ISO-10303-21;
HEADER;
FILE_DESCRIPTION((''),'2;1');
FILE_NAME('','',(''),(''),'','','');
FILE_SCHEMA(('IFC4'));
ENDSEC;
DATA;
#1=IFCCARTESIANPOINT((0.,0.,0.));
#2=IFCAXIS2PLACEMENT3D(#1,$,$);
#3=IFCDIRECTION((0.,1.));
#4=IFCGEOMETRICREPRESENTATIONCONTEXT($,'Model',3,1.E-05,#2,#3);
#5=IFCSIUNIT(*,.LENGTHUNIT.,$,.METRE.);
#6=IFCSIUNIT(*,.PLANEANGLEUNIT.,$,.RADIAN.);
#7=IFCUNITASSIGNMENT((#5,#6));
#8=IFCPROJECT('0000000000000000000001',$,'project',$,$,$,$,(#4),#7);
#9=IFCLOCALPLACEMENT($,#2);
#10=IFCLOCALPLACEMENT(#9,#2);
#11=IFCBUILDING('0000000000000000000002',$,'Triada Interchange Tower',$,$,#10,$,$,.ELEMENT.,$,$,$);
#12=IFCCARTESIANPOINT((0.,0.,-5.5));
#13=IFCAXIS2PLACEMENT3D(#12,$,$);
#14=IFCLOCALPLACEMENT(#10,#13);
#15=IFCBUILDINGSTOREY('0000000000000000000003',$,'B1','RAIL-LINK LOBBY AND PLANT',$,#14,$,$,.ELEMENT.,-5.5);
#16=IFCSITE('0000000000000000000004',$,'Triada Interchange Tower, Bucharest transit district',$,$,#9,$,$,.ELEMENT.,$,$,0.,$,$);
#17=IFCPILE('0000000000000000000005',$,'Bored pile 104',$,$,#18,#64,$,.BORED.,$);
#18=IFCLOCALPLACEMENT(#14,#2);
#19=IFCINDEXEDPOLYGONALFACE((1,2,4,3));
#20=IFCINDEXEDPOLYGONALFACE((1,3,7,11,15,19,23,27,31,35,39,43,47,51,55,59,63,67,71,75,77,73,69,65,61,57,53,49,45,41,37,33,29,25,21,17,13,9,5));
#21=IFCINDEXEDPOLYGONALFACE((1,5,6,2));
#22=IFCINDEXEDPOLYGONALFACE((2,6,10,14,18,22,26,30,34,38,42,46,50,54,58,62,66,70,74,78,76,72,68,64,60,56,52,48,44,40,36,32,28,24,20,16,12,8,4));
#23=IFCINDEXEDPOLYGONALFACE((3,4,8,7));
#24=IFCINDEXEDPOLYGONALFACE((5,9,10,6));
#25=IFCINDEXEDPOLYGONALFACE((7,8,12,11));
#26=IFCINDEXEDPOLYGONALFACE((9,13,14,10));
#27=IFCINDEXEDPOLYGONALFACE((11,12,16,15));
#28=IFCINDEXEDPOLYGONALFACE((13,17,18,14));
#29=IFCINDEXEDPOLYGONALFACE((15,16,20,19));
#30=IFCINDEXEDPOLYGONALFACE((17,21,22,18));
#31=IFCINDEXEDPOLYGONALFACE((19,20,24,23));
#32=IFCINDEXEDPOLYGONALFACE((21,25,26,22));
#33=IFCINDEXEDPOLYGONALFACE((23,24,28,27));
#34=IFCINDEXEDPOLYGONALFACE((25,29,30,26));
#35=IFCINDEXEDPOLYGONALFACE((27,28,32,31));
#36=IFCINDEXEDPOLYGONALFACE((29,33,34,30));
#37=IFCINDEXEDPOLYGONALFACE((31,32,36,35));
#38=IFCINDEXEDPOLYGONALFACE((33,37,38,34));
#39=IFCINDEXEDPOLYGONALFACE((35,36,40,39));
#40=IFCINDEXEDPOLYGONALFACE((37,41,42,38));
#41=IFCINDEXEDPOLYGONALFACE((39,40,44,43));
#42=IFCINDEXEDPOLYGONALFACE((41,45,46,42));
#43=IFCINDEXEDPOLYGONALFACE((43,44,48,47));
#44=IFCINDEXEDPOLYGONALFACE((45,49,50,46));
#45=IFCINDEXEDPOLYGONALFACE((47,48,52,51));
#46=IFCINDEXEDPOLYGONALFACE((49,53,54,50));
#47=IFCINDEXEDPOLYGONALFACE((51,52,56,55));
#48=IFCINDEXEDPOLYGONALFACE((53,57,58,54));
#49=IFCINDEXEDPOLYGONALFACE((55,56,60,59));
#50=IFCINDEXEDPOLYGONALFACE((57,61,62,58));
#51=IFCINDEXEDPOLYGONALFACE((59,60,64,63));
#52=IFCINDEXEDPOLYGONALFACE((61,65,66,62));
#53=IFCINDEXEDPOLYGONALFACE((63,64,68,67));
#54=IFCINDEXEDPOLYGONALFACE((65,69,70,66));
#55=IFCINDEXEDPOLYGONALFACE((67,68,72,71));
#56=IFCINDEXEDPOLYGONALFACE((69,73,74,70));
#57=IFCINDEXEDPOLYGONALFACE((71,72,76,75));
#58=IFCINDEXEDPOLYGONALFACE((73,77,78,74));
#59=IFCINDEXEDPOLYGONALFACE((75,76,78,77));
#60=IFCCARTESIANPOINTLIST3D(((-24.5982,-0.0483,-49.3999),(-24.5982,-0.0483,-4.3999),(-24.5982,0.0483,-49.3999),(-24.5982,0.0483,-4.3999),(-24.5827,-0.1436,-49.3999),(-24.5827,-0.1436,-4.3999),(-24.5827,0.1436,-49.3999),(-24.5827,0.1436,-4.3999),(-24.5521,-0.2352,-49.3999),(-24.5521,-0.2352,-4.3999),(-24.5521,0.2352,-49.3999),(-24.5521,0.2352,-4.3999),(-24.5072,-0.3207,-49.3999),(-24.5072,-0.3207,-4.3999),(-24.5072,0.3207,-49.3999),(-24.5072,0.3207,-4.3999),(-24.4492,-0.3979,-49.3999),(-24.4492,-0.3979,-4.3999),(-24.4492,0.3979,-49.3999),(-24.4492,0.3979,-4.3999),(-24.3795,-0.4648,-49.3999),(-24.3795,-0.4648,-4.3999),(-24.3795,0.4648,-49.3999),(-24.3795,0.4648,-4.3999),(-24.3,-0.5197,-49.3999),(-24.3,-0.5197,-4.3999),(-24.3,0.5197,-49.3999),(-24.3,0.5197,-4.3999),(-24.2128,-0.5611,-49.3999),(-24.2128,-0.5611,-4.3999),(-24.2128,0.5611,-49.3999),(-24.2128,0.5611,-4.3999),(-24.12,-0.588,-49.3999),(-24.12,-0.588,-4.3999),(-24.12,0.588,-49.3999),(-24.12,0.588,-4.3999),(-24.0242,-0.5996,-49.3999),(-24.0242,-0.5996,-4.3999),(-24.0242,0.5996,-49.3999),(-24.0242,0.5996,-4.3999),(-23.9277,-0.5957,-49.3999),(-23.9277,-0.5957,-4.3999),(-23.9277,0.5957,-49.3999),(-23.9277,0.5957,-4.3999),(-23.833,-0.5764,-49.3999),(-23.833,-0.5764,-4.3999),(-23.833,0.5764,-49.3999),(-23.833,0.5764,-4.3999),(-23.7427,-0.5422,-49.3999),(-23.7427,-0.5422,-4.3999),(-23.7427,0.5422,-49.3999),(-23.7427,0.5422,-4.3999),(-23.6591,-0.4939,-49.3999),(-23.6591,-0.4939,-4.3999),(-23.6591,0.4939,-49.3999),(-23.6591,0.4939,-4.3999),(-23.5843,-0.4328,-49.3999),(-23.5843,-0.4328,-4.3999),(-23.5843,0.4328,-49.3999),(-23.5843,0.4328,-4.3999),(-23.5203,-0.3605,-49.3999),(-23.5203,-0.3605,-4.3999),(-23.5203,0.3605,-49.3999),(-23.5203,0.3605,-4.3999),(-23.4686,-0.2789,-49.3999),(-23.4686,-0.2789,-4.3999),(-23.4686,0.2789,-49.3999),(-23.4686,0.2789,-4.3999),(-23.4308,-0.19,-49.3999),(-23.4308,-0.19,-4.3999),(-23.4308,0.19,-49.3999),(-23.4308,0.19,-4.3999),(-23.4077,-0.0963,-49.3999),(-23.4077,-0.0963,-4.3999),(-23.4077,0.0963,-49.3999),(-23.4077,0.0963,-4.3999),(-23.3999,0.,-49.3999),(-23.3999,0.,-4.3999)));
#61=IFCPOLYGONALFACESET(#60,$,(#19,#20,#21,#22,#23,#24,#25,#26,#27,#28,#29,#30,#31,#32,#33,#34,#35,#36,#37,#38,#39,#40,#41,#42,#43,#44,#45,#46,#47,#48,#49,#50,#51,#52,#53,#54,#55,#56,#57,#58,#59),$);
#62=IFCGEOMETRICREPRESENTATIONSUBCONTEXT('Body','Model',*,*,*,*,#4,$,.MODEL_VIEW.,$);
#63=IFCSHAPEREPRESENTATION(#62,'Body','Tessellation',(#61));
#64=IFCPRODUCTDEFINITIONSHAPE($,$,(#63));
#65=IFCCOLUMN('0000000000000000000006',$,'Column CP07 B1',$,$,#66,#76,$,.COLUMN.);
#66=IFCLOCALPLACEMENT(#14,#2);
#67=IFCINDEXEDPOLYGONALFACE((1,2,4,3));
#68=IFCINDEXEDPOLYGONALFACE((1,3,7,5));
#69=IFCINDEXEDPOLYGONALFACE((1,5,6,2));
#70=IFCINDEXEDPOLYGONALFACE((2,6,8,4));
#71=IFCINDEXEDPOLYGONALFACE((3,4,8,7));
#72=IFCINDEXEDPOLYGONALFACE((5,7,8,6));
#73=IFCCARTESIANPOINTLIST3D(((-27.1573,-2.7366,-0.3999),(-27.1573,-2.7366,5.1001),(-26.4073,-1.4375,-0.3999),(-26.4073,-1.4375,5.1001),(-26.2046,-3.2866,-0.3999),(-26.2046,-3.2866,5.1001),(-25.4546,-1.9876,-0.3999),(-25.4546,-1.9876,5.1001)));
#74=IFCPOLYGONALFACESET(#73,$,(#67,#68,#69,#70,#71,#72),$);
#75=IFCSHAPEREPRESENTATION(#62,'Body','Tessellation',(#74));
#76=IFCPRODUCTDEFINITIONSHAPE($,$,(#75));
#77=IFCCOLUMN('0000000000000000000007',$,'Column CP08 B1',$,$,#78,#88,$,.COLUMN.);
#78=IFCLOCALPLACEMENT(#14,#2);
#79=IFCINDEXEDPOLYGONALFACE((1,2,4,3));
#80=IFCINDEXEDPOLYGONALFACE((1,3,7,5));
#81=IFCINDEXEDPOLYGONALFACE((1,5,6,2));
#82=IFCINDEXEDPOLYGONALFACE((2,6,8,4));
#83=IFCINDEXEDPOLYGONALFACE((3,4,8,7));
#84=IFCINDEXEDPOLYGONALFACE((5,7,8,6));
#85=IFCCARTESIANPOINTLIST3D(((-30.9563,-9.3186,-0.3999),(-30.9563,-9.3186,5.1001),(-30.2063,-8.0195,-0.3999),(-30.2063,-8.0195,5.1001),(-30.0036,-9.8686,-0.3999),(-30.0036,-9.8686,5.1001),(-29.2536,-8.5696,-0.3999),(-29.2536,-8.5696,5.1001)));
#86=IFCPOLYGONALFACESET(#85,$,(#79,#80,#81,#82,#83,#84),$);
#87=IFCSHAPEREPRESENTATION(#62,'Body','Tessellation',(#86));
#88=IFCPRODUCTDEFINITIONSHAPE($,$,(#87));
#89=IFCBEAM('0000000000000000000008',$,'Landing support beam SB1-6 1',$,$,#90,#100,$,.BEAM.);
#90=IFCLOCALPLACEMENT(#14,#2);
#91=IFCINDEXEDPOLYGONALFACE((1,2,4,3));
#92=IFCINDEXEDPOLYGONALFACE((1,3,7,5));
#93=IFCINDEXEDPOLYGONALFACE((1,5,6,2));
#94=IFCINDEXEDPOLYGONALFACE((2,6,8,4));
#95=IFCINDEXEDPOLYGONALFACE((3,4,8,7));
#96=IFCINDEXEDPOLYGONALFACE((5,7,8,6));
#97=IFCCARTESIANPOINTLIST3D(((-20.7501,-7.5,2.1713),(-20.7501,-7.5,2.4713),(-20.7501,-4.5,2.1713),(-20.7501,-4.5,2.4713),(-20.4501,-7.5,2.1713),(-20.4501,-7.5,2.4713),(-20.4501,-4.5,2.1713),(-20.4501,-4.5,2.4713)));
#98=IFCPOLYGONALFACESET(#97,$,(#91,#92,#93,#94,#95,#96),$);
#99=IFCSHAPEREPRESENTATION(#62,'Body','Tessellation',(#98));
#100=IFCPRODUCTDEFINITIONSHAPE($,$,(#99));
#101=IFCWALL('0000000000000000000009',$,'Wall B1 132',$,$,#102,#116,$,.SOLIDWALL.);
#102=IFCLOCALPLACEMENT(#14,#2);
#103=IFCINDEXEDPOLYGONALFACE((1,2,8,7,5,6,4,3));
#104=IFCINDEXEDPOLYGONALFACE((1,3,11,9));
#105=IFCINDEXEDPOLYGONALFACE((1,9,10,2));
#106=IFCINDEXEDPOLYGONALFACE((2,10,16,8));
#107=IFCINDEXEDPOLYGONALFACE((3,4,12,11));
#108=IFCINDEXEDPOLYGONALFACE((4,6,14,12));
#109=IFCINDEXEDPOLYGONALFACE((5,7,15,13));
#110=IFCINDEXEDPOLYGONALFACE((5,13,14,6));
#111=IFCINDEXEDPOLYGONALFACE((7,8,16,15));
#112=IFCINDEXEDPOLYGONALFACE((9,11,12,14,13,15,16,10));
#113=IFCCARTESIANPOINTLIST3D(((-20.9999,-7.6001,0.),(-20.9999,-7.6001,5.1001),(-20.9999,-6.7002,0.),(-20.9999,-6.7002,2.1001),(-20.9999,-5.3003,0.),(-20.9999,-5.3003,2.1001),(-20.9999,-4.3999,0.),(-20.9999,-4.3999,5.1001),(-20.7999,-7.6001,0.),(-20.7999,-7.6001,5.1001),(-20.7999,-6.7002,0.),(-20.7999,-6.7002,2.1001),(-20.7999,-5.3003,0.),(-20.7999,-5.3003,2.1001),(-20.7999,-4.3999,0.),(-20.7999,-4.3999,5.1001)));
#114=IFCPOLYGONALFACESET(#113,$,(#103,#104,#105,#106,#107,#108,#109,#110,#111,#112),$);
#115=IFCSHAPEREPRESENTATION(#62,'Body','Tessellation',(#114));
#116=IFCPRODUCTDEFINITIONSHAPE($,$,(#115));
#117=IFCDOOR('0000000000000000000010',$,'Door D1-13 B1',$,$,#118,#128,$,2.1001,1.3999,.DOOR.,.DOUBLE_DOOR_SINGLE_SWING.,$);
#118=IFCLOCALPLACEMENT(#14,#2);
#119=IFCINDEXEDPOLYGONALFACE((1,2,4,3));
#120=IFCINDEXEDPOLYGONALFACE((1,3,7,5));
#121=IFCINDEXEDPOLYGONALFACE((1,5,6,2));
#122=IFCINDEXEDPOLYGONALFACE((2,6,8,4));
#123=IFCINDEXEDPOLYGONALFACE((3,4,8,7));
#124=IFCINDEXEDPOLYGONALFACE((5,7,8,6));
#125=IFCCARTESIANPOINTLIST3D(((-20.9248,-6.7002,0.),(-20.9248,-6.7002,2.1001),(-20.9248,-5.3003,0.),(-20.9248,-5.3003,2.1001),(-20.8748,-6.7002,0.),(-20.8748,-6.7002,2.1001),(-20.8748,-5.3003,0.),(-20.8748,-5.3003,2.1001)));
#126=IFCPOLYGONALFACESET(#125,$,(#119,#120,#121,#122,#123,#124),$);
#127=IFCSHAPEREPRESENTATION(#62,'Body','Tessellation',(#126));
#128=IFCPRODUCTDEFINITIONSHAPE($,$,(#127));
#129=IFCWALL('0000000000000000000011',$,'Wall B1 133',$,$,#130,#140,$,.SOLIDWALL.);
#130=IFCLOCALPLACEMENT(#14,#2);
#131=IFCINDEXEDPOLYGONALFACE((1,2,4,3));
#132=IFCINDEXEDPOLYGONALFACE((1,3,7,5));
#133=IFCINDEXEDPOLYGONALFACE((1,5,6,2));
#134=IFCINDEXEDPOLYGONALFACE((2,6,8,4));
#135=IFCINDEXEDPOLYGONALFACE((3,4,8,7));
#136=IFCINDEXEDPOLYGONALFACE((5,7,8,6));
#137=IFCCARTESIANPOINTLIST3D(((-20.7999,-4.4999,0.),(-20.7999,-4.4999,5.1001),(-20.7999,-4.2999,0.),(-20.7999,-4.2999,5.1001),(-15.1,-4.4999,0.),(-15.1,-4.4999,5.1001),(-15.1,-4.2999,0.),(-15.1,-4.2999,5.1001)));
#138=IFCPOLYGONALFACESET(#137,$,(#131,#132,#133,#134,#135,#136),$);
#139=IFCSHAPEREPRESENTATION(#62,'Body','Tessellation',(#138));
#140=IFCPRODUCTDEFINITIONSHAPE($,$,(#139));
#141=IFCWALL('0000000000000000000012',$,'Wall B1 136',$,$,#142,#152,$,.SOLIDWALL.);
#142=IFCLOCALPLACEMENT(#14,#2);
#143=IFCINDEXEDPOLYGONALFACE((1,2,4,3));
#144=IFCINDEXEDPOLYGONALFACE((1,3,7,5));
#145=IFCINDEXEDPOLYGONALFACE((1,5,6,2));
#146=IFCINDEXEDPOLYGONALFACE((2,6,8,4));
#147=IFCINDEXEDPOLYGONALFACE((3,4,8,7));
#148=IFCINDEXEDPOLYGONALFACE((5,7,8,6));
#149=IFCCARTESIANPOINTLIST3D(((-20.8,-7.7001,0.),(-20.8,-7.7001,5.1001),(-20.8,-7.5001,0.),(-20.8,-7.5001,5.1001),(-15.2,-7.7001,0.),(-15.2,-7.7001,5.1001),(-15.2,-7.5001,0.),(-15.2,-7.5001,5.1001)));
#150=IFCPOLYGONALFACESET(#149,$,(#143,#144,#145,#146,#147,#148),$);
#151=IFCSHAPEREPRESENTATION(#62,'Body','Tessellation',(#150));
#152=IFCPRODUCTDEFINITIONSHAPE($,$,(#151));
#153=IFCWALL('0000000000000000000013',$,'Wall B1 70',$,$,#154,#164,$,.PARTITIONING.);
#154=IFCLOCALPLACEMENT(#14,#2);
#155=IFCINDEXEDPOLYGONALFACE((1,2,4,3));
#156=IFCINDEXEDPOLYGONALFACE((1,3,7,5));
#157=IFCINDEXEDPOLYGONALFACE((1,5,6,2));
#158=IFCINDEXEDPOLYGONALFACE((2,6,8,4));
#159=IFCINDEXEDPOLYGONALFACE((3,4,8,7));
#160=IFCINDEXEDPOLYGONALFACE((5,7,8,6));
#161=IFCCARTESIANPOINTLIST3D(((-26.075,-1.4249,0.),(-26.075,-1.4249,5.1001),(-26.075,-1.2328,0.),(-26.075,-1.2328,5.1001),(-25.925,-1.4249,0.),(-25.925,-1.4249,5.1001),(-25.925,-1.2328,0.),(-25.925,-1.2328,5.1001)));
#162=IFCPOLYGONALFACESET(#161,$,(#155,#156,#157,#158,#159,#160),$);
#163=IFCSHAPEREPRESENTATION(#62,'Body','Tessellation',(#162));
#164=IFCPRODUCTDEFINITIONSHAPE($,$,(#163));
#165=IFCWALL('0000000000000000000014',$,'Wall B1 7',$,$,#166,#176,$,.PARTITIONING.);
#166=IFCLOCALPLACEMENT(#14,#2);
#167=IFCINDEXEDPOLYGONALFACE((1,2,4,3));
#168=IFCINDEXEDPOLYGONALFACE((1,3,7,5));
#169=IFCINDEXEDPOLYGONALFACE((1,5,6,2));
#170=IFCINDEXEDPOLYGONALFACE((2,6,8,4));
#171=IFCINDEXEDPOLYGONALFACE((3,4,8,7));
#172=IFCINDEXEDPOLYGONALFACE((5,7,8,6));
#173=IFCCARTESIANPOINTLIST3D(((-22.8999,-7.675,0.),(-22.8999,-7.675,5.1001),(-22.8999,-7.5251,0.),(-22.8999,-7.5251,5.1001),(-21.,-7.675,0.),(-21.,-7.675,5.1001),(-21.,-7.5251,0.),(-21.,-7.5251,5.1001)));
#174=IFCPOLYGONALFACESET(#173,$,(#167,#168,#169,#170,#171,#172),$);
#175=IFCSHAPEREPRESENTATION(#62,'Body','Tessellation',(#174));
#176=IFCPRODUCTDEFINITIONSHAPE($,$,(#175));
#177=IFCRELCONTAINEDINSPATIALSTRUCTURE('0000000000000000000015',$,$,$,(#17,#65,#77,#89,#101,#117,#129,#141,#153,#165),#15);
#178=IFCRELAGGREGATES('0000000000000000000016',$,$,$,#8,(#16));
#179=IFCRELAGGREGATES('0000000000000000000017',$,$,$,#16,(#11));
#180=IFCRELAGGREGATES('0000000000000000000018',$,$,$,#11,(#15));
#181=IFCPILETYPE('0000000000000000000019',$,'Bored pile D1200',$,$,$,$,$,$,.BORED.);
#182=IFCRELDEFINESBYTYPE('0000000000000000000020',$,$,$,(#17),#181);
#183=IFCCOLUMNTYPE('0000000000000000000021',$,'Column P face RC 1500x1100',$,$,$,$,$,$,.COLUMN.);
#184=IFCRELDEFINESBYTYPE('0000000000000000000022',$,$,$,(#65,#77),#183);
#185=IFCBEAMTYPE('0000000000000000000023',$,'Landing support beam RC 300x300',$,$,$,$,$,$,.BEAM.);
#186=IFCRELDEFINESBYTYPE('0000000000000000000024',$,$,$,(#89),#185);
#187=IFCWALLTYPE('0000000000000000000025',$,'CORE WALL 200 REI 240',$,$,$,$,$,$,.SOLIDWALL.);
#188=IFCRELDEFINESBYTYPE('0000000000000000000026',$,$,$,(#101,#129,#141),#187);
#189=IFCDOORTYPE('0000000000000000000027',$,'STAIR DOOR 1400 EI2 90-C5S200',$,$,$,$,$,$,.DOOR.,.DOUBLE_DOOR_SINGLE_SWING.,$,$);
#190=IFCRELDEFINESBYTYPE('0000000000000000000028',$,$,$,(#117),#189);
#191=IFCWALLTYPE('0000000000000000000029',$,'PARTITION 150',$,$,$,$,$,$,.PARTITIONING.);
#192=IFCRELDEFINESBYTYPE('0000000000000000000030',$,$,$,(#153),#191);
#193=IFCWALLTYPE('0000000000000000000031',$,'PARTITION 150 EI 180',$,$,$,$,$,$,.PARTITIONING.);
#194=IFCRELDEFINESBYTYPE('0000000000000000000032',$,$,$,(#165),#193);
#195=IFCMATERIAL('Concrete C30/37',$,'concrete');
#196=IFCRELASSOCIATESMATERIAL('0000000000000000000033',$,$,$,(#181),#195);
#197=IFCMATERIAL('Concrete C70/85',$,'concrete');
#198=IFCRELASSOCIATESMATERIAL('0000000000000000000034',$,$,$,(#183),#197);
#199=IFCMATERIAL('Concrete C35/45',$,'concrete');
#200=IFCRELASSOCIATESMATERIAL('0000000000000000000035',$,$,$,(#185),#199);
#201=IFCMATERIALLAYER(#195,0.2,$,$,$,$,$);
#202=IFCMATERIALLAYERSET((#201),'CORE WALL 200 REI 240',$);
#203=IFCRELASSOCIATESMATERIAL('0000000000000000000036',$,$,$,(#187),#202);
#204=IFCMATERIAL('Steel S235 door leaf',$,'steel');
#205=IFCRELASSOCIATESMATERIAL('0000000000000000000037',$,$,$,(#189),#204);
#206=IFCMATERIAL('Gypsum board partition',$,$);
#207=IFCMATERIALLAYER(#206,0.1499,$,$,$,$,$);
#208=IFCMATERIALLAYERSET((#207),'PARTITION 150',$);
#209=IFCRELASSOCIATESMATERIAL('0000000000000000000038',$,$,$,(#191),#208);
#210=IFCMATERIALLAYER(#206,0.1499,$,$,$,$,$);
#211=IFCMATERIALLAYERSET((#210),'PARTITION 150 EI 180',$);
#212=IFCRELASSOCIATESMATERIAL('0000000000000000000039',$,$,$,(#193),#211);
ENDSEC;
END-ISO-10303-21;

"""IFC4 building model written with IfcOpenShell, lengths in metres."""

from ifc_helpers import new_model, si_unit, direction, frame, frame_2d, origin, origin_2d, place, context, subcontext, project, spatial, rectangle, circle, extrude, material, layer, layer_set, material_profile, profile_set, type_object, element, fill, save


model = new_model("IFC4")

# Units and contexts
model_context = context("Model", 3, precision=1e-05, world=origin(), true_north=direction((0.0, 1.0)))
body_context = subcontext(model_context, "Body", "Model", "MODEL_VIEW")
ifc_project = project(units=[si_unit("LENGTHUNIT", "METRE"), si_unit("PLANEANGLEUNIT", "RADIAN")], contexts=[model_context])

# Site, building, storey
site_placement = place(None, origin())
site = spatial("IfcSite", under=ifc_project, at=site_placement, Name="Triada Interchange Tower, Bucharest transit district", CompositionType="ELEMENT", RefElevation=0.0)
building_placement = place(site_placement, origin())
building = spatial("IfcBuilding", under=site, at=building_placement, Name="Triada Interchange Tower", CompositionType="ELEMENT")
storey_placement = place(building_placement, frame((0.0, 0.0, -5.5)))
storey = spatial("IfcBuildingStorey", under=building, at=storey_placement, Name="B1", Description="RAIL-LINK LOBBY AND PLANT", CompositionType="ELEMENT", Elevation=-5.5)

# Pile
ifc_material_1 = material(Name="Concrete C30/37", Category="concrete")
ifc_material_profile_1 = material_profile(ifc_material_1, circle(Radius=0.6001, at=origin_2d()), Name="RC D1200")
ifc_profile_set_1 = profile_set([ifc_material_profile_1], Name="Concrete C30/37")
pile_type = type_object("IfcPileType", Name="Bored pile D1200", PredefinedType="BORED", material=ifc_profile_set_1)
for number, where, z_axis, x_axis, name in (
    (1, (-24.0, 0.0, -4.3999), (0.0, 0.0, -1.0), (1.0, 0.0, 0.0), "Bored pile 104"),
):
    element("IfcPile", number, at=place(storey_placement, frame(where, z_axis=z_axis, x_axis=x_axis)), inside=storey, type_object=pile_type, Name=name, PredefinedType="BORED", context=body_context, shape_type="SweptSolid", body=[
        extrude(circle(Radius=0.6001, at=origin_2d()), origin(), (0.0, 0.0, 1.0), 45.0),
    ])

# Columns
ifc_material_2 = material(Name="Concrete C70/85", Category="concrete")
ifc_material_profile_2 = material_profile(ifc_material_2, rectangle(XDim=1.5, YDim=1.1001, at=origin_2d()), Name="RC 1500x1100")
ifc_profile_set_2 = profile_set([ifc_material_profile_2], Name="Concrete C70/85")
column_type = type_object("IfcColumnType", Name="Column P face RC 1500x1100", PredefinedType="COLUMN", material=ifc_profile_set_2)
for number, where, z_axis, x_axis, name in (
    (2, (-26.3059, -2.3621, -0.3999), (0.0, 0.0, 1.0), (0.5, 0.866025, 0.0), "Column CP07 B1"),
    (3, (-30.105, -8.9441, -0.3999), (0.0, 0.0, 1.0), (0.5, 0.866025, 0.0), "Column CP08 B1"),
):
    element("IfcColumn", number, at=place(storey_placement, frame(where, z_axis=z_axis, x_axis=x_axis)), inside=storey, type_object=column_type, Name=name, PredefinedType="COLUMN", context=body_context, shape_type="SweptSolid", body=[
        extrude(rectangle(XDim=1.5, YDim=1.1001, at=origin_2d()), origin(), (0.0, 0.0, 1.0), 5.5),
    ])

# Beam
ifc_material_3 = material(Name="Concrete C35/45", Category="concrete")
ifc_material_profile_3 = material_profile(ifc_material_3, rectangle(XDim=0.3, YDim=0.3, at=origin_2d()), Name="RC 300x300")
ifc_profile_set_3 = profile_set([ifc_material_profile_3], Name="Concrete C35/45")
beam_type = type_object("IfcBeamType", Name="Landing support beam RC 300x300", PredefinedType="BEAM", material=ifc_profile_set_3)
beam_placement = place(storey_placement, frame((-20.6001, -4.5, 2.3213), z_axis=(0.0, -1.0, 0.0), x_axis=(1.0, 0.0, 0.0)))
element("IfcBeam", 4, at=beam_placement, inside=storey, type_object=beam_type, Name="Landing support beam SB1-6 1", PredefinedType="BEAM", context=body_context, shape_type="SweptSolid", body=[
    extrude(rectangle(XDim=0.3, YDim=0.3, at=origin_2d()), origin(), (0.0, 0.0, 1.0), 3.0),
])

# Wall, opening, door
ifc_layer_1 = layer(ifc_material_1, 0.2)
ifc_layer_set_1 = layer_set([ifc_layer_1], Name="CORE WALL 200 REI 240")
wall_type_1 = type_object("IfcWallType", Name="CORE WALL 200 REI 240", PredefinedType="SOLIDWALL", material=ifc_layer_set_1)
wall_1_placement = place(storey_placement, frame((-20.8999, -7.6001, 0.0), z_axis=(0.0, 0.0, 1.0), x_axis=(0.0, 1.0, 0.0)))
wall_1 = element("IfcWall", 5, at=wall_1_placement, inside=storey, type_object=wall_type_1, Name="Wall B1 132", PredefinedType="SOLIDWALL", context=body_context, shape_type="SweptSolid", body=[
    extrude(rectangle(XDim=3.2002, YDim=0.2, at=frame_2d((1.6001, 0.0))), origin(), (0.0, 0.0, 1.0), 5.1001),
])
opening_1_placement = place(wall_1_placement, frame((0.8999, 0.0, 0.0)))
opening_1 = element("IfcOpeningElement", 6, at=opening_1_placement, cuts=wall_1, PredefinedType="OPENING", context=body_context, shape_type="SweptSolid", body=[
    extrude(rectangle(XDim=1.3999, YDim=2.1001, at=frame_2d((0.7, 1.05))), frame((0.0, 0.1099, 0.0), z_axis=(0.0, -1.0, 0.0), x_axis=(1.0, 0.0, 0.0)), (0.0, 0.0, 1.0), 0.22),
])
ifc_material_4 = material(Name="Steel S235 door leaf", Category="steel")
door_type_1 = type_object("IfcDoorType", Name="STAIR DOOR 1400 EI2 90-C5S200", OperationType="DOUBLE_DOOR_SINGLE_SWING", PredefinedType="DOOR", material=ifc_material_4)
door_1_placement = place(opening_1_placement, origin())
door_1 = element("IfcDoor", 7, at=door_1_placement, inside=storey, type_object=door_type_1, Name="Door D1-13 B1", OperationType="DOUBLE_DOOR_SINGLE_SWING", OverallHeight=2.1001, OverallWidth=1.3999, PredefinedType="DOOR", context=body_context, shape_type="SweptSolid", body=[
    extrude(rectangle(XDim=1.3999, YDim=2.1001, at=frame_2d((0.7, 1.05))), frame((0.0, 0.0249, 0.0), z_axis=(0.0, -1.0, 0.0), x_axis=(1.0, 0.0, 0.0)), (0.0, 0.0, 1.0), 0.05),
])
fill(opening_1, door_1)

# Walls
wall_2_placement = place(storey_placement, frame((-20.8, -4.3999, 0.0), z_axis=(0.0, 0.0, 1.0), x_axis=(1.0, 0.0, 0.0)))
element("IfcWall", 8, at=wall_2_placement, inside=storey, type_object=wall_type_1, Name="Wall B1 133", PredefinedType="SOLIDWALL", context=body_context, shape_type="SweptSolid", body=[
    extrude(rectangle(XDim=5.7, YDim=0.2, at=frame_2d((2.8501, 0.0))), origin(), (0.0, 0.0, 1.0), 5.1001),
])
wall_3_placement = place(storey_placement, frame((-20.8, -7.6001, 0.0), z_axis=(0.0, 0.0, 1.0), x_axis=(1.0, 0.0, 0.0)))
element("IfcWall", 9, at=wall_3_placement, inside=storey, type_object=wall_type_1, Name="Wall B1 136", PredefinedType="SOLIDWALL", context=body_context, shape_type="SweptSolid", body=[
    extrude(rectangle(XDim=5.6001, YDim=0.2, at=frame_2d((2.8, 0.0))), origin(), (0.0, 0.0, 1.0), 5.1001),
])
ifc_material_5 = material(Name="Gypsum board partition")
ifc_layer_2 = layer(ifc_material_5, 0.1499)
ifc_layer_set_2 = layer_set([ifc_layer_2], Name="PARTITION 150")
wall_type_2 = type_object("IfcWallType", Name="PARTITION 150", PredefinedType="PARTITIONING", material=ifc_layer_set_2)
wall_4_placement = place(storey_placement, frame((-26.0, -1.425, 0.0), z_axis=(0.0, 0.0, 1.0), x_axis=(0.0, 1.0, 0.0)))
element("IfcWall", 10, at=wall_4_placement, inside=storey, type_object=wall_type_2, Name="Wall B1 70", PredefinedType="PARTITIONING", context=body_context, shape_type="SweptSolid", body=[
    extrude(rectangle(XDim=0.1921, YDim=0.1499, at=frame_2d((0.0962, 0.0))), origin(), (0.0, 0.0, 1.0), 5.1001),
])
ifc_layer_3 = layer(ifc_material_5, 0.1499)
ifc_layer_set_3 = layer_set([ifc_layer_3], Name="PARTITION 150 EI 180")
wall_type_3 = type_object("IfcWallType", Name="PARTITION 150 EI 180", PredefinedType="PARTITIONING", material=ifc_layer_set_3)
wall_5_placement = place(storey_placement, frame((-22.8999, -7.6001, 0.0), z_axis=(0.0, 0.0, 1.0), x_axis=(1.0, 0.0, 0.0)))
element("IfcWall", 11, at=wall_5_placement, inside=storey, type_object=wall_type_3, Name="Wall B1 7", PredefinedType="PARTITIONING", context=body_context, shape_type="SweptSolid", body=[
    extrude(rectangle(XDim=1.8999, YDim=0.1499, at=frame_2d((0.95, 0.0))), origin(), (0.0, 0.0, 1.0), 5.1001),
])

save(model, "model.ifc")
